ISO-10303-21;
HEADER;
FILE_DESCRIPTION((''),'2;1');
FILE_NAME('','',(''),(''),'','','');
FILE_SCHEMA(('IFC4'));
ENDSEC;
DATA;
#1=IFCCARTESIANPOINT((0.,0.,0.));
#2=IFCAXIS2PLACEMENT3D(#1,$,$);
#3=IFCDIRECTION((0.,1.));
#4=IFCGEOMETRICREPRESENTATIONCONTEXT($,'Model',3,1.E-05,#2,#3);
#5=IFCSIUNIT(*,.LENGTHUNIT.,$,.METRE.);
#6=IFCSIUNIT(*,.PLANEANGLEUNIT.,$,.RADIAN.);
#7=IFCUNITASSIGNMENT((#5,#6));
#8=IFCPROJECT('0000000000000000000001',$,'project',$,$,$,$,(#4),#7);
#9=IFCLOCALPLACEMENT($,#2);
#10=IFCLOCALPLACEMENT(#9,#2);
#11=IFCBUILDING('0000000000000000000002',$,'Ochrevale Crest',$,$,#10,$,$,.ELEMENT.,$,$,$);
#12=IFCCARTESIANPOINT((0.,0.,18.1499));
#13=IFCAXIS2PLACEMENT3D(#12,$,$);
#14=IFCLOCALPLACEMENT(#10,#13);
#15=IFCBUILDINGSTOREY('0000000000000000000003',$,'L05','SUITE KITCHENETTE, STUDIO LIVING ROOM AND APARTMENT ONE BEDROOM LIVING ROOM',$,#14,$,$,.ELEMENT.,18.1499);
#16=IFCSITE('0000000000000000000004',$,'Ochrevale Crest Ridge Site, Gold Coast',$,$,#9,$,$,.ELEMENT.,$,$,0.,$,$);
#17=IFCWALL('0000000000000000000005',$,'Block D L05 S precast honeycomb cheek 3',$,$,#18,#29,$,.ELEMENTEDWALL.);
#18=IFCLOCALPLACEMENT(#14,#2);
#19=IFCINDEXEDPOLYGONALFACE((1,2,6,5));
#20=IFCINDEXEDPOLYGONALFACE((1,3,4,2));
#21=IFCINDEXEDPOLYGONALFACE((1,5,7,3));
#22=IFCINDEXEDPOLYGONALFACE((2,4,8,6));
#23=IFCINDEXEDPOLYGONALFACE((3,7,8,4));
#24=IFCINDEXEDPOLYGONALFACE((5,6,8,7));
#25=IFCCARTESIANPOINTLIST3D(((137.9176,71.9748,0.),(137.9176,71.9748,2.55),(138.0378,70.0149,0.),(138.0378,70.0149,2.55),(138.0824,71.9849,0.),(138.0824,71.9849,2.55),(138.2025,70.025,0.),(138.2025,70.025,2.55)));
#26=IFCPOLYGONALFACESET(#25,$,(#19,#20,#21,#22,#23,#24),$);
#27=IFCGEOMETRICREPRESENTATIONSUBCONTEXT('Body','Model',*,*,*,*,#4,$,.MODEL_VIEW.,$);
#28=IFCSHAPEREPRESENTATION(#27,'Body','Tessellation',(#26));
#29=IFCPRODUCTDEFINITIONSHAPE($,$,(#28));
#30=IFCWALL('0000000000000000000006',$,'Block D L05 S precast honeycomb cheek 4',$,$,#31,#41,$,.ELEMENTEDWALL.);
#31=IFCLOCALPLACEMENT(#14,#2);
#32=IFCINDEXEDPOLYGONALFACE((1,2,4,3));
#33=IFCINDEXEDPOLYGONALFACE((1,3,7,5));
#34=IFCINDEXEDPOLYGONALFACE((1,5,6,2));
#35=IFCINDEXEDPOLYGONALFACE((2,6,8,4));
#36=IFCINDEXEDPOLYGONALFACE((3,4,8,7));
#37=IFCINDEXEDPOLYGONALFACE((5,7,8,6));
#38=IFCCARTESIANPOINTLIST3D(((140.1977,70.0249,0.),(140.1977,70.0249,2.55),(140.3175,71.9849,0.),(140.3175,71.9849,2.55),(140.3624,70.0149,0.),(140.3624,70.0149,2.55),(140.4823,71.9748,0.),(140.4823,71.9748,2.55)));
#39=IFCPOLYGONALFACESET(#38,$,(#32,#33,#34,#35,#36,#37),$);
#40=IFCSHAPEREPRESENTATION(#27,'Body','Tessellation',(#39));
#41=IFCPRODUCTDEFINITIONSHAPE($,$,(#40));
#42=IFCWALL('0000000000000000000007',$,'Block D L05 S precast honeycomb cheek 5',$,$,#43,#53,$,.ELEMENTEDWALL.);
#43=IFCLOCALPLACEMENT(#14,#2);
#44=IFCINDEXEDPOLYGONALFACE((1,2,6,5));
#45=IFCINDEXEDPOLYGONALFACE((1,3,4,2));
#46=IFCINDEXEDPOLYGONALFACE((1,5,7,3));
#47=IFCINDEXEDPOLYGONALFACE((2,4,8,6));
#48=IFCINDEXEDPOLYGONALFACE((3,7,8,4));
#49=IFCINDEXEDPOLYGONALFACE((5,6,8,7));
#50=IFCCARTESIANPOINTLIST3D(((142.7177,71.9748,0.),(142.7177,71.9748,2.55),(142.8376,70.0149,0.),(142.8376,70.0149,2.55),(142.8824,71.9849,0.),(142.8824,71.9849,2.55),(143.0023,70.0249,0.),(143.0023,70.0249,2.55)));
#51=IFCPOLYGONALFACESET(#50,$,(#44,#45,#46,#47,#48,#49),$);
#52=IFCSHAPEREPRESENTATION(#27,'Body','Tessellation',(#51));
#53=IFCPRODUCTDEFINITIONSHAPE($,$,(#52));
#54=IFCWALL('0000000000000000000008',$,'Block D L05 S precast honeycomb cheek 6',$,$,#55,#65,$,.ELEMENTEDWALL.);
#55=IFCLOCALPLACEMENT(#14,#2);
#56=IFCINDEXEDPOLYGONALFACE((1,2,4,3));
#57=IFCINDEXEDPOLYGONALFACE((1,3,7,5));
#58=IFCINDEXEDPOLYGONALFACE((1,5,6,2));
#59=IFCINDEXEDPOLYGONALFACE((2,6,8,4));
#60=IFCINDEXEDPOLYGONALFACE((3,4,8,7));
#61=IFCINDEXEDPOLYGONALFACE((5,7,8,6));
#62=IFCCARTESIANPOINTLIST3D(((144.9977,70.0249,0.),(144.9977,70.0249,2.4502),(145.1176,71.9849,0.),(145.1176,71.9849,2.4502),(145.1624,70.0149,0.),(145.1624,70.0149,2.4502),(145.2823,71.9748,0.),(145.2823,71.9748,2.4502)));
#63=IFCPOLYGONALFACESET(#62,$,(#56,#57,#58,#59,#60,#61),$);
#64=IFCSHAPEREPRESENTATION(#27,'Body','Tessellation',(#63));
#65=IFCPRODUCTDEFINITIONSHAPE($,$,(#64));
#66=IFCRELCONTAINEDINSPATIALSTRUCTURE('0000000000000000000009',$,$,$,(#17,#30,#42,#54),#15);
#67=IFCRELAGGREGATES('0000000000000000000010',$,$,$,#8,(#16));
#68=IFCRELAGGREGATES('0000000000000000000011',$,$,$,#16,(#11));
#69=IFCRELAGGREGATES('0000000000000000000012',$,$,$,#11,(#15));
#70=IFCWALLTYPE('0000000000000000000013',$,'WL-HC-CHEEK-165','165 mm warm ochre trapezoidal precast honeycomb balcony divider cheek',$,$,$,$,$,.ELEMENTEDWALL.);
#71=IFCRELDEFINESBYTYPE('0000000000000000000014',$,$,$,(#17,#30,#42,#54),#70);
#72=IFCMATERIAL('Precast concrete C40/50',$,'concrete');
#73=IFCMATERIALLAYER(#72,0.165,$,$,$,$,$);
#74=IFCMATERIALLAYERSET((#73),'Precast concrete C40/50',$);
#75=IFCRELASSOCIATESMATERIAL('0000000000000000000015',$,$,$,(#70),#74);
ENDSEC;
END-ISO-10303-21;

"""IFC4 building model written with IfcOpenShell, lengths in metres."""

from ifc_helpers import new_model, si_unit, direction, frame, frame_2d, origin, place, context, subcontext, project, spatial, rectangle, extrude, material, layer, layer_set, type_object, element, save


model = new_model("IFC4")

# Units and contexts
model_context = context("Model", 3, precision=1e-05, world=origin(), true_north=direction((0.0, 1.0)))
body_context = subcontext(model_context, "Body", "Model", "MODEL_VIEW")
ifc_project = project(units=[si_unit("LENGTHUNIT", "METRE"), si_unit("PLANEANGLEUNIT", "RADIAN")], contexts=[model_context])

# Site, building, storey
site_placement = place(None, origin())
site = spatial("IfcSite", under=ifc_project, at=site_placement, Name="Ochrevale Crest Ridge Site, Gold Coast", CompositionType="ELEMENT", RefElevation=0.0)
building_placement = place(site_placement, origin())
building = spatial("IfcBuilding", under=site, at=building_placement, Name="Ochrevale Crest", CompositionType="ELEMENT")
storey_placement = place(building_placement, frame((0.0, 0.0, 18.1499)))
storey = spatial("IfcBuildingStorey", under=building, at=storey_placement, Name="L05", Description="SUITE KITCHENETTE, STUDIO LIVING ROOM AND APARTMENT ONE BEDROOM LIVING ROOM", CompositionType="ELEMENT", Elevation=18.1499)

# Shared definitions
ifc_material_1 = material(Name="Precast concrete C40/50", Category="concrete")

# Walls
ifc_layer_1 = layer(ifc_material_1, 0.165)
ifc_layer_set_1 = layer_set([ifc_layer_1], Name="Precast concrete C40/50")
wall_type = type_object("IfcWallType", Name="WL-HC-CHEEK-165", Description="165 mm warm ochre trapezoidal precast honeycomb balcony divider cheek", PredefinedType="ELEMENTEDWALL", material=ifc_layer_set_1)
for number, where, z_axis, x_axis, name in (
    (1, (138.0, 71.98, 0.0), (0.0, 0.0, 1.0), (0.061171, -0.998127, 0.0), "Block D L05 S precast honeycomb cheek 3"),
    (2, (140.3999, 71.98, 0.0), (0.0, 0.0, 1.0), (-0.061047, -0.998135, 0.0), "Block D L05 S precast honeycomb cheek 4"),
    (3, (142.8, 71.98, 0.0), (0.0, 0.0, 1.0), (0.061047, -0.998135, 0.0), "Block D L05 S precast honeycomb cheek 5"),
):
    element("IfcWall", number, at=place(storey_placement, frame(where, z_axis=z_axis, x_axis=x_axis)), inside=storey, type_object=wall_type, Name=name, PredefinedType="ELEMENTEDWALL", context=body_context, shape_type="SweptSolid", body=[
        extrude(rectangle(XDim=1.9636, YDim=0.165, at=frame_2d((0.9819, 0.0))), origin(), (0.0, 0.0, 1.0), 2.55),
    ])
wall_1_placement = place(storey_placement, frame((145.2, 71.98, 0.0), z_axis=(0.0, 0.0, 1.0), x_axis=(-0.061047, -0.998135, 0.0)))
element("IfcWall", 4, at=wall_1_placement, inside=storey, type_object=wall_type, Name="Block D L05 S precast honeycomb cheek 6", PredefinedType="ELEMENTEDWALL", context=body_context, shape_type="SweptSolid", body=[
    extrude(rectangle(XDim=1.9636, YDim=0.165, at=frame_2d((0.9819, 0.0))), origin(), (0.0, 0.0, 1.0), 2.4502),
])

save(model, "model.ifc")
